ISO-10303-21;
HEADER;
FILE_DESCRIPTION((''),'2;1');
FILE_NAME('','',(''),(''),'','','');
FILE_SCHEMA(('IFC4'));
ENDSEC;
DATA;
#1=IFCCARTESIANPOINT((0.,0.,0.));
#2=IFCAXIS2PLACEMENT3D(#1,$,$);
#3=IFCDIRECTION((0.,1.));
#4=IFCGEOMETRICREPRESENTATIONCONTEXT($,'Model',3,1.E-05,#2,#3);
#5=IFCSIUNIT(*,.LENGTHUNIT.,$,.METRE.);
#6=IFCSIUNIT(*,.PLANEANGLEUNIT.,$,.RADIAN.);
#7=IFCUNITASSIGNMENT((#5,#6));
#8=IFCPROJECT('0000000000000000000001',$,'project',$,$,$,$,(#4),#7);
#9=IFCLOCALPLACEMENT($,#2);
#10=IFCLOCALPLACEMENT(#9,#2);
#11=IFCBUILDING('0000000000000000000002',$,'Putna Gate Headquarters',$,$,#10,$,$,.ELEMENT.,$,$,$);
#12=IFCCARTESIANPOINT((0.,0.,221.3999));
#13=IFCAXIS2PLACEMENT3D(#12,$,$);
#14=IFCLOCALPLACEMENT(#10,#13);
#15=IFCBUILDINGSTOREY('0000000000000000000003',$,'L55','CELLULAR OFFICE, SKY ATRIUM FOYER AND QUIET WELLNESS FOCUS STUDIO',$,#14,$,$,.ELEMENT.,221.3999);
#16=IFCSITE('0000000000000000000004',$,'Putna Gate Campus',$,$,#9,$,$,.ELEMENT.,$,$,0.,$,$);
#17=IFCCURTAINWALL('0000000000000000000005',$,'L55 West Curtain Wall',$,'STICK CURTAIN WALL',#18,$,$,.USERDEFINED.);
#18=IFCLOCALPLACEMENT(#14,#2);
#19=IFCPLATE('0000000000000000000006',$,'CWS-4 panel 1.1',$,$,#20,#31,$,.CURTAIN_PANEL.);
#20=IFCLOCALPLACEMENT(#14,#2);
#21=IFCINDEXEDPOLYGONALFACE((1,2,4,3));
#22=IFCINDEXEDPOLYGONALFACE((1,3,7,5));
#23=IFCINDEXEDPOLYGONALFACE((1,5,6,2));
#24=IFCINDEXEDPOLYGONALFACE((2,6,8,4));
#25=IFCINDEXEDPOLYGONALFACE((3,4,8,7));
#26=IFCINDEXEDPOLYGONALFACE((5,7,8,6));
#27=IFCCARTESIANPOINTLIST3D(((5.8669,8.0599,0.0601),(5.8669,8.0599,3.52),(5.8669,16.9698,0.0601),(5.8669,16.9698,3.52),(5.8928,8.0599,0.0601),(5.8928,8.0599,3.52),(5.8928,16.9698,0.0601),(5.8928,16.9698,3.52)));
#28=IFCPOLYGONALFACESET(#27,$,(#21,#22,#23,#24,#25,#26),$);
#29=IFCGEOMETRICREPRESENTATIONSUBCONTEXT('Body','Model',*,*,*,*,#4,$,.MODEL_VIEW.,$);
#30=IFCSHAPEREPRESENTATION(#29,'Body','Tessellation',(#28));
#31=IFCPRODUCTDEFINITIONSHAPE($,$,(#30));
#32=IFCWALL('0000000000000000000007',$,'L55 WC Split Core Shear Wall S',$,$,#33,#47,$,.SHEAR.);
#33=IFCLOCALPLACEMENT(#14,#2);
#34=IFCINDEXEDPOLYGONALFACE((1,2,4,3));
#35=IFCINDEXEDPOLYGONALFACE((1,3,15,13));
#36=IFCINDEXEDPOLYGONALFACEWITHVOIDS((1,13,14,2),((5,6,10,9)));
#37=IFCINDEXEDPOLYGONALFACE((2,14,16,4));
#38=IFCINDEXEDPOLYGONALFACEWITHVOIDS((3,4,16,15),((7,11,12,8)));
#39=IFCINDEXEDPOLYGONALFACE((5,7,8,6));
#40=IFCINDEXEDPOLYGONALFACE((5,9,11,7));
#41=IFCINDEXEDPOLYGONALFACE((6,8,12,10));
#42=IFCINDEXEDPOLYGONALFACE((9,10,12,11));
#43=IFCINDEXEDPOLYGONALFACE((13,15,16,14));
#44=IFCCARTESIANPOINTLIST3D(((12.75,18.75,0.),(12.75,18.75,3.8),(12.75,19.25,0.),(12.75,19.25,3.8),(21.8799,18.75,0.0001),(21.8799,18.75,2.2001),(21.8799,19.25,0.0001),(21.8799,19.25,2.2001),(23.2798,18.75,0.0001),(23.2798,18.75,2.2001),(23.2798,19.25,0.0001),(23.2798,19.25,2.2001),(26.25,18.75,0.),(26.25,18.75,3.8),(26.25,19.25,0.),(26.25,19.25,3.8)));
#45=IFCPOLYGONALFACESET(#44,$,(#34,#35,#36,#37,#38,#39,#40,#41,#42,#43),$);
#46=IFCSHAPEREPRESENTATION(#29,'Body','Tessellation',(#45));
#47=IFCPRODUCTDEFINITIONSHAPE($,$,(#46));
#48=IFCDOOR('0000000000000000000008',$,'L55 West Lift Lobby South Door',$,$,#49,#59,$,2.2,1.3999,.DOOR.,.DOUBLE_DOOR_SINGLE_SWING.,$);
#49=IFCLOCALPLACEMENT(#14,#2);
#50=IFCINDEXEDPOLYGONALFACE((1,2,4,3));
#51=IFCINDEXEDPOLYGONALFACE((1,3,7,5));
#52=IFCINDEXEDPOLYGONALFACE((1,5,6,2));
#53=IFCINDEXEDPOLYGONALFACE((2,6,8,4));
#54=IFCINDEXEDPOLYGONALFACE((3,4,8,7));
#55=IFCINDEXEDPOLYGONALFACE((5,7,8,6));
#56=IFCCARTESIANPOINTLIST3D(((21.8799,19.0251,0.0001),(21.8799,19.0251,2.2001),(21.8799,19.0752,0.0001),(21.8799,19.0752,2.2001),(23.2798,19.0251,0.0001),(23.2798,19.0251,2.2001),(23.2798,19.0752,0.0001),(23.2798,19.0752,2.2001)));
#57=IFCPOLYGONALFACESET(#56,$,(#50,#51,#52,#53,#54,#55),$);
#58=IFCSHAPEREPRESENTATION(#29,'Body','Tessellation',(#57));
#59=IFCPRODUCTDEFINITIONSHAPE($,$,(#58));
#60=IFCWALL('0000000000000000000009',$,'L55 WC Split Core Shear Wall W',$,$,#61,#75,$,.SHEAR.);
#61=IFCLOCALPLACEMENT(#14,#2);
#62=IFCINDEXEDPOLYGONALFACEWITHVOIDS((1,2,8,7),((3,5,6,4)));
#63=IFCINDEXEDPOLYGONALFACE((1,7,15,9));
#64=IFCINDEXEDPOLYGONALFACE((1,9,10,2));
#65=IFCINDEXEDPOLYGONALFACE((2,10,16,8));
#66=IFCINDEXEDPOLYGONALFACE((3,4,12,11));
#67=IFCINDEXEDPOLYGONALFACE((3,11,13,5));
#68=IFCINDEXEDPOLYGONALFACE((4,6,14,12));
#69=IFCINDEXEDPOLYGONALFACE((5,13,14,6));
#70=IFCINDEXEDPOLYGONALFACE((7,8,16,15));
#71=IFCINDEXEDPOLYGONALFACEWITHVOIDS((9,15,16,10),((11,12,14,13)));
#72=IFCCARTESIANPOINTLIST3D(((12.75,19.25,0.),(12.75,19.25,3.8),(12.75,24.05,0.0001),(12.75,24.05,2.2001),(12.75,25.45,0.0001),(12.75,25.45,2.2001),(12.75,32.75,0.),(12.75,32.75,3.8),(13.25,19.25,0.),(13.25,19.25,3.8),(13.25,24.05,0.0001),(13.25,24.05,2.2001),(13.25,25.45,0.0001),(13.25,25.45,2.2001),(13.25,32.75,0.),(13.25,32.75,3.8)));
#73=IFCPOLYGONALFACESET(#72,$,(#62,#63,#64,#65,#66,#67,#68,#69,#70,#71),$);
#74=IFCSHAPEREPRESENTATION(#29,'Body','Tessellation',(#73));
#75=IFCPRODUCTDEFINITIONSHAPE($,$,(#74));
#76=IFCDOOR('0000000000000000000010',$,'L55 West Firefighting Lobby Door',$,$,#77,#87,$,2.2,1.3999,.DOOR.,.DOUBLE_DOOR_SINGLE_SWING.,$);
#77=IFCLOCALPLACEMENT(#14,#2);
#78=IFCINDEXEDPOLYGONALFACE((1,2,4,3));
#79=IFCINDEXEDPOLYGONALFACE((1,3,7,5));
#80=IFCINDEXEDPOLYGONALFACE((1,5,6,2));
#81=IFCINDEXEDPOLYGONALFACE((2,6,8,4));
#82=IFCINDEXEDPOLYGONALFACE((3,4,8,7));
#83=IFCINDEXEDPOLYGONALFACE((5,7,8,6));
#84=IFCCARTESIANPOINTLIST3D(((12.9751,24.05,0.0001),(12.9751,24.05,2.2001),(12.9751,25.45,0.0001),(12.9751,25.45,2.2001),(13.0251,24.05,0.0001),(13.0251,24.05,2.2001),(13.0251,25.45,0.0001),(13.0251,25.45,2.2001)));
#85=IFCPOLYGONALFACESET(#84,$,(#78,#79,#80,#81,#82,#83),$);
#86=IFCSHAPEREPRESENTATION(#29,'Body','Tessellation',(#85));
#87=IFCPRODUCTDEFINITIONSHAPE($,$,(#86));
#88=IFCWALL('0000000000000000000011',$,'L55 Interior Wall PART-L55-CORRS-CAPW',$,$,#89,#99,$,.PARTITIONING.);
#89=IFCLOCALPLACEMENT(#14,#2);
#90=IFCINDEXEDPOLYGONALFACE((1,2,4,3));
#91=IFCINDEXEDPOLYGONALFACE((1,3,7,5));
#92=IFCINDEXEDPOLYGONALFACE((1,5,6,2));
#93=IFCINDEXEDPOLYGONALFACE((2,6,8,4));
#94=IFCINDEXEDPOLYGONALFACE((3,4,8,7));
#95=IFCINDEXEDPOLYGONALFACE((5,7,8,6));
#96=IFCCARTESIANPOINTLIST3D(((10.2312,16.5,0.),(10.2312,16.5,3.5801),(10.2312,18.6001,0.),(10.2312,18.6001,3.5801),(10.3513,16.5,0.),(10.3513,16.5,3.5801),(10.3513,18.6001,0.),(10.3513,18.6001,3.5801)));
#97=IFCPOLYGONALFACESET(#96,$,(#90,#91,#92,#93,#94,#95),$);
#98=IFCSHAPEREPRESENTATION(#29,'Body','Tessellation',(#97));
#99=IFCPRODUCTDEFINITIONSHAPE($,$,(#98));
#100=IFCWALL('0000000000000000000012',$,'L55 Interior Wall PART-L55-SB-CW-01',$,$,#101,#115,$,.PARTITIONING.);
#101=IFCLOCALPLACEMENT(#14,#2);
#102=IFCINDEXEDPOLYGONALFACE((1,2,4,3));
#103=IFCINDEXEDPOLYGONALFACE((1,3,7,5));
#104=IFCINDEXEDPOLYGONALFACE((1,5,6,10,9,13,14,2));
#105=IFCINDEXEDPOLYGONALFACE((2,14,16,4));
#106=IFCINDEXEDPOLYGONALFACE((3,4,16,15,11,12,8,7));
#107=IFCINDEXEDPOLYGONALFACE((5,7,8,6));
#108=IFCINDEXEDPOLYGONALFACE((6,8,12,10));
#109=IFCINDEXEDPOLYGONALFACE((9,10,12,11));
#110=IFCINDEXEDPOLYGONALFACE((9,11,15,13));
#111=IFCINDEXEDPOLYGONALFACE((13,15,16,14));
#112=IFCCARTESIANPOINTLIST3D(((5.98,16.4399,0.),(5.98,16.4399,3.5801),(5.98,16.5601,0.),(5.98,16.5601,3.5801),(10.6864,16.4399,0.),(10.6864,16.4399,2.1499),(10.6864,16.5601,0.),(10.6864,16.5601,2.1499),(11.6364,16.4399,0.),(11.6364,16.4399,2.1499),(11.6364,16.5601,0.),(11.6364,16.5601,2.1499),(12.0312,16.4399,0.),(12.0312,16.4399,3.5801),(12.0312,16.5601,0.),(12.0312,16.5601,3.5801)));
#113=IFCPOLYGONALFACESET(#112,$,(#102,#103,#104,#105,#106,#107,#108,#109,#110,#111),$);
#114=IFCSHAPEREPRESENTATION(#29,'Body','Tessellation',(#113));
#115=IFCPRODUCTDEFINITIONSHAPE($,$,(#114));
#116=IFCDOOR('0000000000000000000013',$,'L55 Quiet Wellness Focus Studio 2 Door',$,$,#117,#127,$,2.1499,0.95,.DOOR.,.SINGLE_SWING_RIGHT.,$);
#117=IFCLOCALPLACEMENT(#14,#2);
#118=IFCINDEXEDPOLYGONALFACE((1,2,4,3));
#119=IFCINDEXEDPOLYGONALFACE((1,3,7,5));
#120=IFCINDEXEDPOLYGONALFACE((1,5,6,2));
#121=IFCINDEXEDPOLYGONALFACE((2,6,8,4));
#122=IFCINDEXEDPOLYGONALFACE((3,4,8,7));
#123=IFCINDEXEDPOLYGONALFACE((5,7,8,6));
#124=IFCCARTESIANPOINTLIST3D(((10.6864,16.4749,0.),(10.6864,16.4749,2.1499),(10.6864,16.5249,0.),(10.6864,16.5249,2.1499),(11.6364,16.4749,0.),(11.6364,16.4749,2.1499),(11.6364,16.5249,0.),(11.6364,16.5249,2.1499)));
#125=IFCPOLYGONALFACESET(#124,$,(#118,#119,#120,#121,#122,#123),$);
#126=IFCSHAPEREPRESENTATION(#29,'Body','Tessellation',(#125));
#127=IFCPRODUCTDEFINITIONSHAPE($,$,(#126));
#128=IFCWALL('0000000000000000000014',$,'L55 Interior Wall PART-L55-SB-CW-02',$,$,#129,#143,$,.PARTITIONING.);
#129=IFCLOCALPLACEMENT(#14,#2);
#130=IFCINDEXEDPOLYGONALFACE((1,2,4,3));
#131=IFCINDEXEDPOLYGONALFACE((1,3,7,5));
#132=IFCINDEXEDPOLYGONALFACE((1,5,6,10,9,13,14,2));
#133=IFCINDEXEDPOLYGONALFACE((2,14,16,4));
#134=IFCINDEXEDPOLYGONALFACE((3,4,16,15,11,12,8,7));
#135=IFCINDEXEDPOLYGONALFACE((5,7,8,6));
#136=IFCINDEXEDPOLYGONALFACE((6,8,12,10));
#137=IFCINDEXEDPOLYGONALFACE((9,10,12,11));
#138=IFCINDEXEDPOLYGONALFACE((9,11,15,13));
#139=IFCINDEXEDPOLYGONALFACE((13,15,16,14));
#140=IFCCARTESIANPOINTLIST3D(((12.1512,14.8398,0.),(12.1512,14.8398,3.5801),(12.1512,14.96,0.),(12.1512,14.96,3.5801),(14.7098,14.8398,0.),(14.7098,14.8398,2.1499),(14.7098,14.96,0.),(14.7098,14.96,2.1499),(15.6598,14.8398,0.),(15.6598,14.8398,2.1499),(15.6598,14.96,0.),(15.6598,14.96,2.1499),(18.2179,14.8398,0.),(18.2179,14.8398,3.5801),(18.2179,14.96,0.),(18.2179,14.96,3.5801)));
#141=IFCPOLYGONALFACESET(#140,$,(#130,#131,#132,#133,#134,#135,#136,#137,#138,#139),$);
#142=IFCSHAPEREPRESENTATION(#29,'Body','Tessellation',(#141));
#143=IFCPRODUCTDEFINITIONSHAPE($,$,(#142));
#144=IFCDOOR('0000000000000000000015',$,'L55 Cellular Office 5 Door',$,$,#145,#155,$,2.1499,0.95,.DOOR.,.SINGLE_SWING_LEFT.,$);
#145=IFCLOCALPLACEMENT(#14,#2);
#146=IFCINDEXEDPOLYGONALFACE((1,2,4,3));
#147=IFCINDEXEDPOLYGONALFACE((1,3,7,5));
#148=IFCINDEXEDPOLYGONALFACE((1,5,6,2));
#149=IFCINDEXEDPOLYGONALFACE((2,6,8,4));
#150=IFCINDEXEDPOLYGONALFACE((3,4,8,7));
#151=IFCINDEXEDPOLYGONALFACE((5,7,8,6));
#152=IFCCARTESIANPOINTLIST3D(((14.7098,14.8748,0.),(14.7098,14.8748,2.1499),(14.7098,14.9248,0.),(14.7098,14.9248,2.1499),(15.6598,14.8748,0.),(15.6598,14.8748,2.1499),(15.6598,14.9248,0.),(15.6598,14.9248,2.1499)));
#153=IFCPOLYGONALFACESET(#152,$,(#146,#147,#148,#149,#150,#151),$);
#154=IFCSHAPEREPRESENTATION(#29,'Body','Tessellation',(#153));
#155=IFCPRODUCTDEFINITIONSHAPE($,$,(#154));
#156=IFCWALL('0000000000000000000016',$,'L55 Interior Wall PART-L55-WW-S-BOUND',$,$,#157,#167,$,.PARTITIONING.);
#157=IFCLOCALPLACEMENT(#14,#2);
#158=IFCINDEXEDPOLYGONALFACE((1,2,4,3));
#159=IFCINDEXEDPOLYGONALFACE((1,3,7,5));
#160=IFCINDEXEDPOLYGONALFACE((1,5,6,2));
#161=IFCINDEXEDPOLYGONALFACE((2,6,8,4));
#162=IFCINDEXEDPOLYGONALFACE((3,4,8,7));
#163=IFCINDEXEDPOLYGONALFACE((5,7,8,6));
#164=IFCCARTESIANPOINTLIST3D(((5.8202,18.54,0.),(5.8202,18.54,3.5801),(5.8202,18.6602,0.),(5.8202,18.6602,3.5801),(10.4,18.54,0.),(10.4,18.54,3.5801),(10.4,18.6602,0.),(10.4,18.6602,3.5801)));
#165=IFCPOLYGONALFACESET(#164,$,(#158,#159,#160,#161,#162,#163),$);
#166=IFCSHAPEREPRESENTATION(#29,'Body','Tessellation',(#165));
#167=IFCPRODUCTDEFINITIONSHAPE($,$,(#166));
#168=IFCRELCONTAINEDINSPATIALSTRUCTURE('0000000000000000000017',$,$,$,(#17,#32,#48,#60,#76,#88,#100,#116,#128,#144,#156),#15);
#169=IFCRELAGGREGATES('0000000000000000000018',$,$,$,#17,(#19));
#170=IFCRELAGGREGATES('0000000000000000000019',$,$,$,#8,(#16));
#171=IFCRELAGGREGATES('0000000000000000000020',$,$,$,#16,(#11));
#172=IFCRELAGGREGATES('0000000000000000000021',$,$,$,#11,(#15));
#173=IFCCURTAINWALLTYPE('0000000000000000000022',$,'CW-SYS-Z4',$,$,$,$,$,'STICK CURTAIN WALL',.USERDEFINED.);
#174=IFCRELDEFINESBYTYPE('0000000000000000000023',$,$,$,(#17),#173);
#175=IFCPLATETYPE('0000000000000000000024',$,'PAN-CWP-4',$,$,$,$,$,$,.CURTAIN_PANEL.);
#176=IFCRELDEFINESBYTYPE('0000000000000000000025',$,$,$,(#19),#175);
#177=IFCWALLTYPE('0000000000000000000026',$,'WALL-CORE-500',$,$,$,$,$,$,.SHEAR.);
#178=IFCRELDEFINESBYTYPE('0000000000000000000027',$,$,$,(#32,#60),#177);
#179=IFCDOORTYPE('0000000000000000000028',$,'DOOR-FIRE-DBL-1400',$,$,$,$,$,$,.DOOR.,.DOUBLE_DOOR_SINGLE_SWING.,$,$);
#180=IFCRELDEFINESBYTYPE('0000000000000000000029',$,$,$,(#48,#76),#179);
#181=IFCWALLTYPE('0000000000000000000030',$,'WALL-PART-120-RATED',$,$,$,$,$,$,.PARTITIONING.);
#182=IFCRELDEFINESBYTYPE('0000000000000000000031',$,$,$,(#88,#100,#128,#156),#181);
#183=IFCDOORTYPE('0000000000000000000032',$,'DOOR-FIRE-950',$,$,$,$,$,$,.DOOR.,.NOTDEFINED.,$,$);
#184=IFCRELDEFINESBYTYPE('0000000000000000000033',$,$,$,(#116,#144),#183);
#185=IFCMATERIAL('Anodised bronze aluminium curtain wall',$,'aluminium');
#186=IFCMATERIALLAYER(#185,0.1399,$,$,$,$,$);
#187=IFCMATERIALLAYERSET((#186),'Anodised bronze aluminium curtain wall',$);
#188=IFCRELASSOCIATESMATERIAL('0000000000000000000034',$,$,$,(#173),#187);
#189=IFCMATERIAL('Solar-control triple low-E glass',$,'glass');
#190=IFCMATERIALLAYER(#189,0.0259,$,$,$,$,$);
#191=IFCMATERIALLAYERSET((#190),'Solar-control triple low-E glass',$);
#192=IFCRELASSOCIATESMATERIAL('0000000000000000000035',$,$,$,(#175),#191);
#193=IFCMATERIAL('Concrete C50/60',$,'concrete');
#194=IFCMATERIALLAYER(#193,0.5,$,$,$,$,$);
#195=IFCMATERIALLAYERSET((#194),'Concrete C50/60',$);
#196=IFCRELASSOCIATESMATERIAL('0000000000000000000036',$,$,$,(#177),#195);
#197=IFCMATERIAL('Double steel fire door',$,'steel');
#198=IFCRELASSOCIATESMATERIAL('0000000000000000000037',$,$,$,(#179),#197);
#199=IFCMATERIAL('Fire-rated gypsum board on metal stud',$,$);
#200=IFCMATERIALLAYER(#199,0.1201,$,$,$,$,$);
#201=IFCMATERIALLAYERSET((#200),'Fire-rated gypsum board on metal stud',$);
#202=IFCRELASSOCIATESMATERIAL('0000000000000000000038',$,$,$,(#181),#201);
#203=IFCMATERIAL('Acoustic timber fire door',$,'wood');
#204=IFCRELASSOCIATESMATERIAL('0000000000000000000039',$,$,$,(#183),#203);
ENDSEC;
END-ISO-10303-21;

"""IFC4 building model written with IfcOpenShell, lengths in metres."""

from ifc_helpers import new_model, si_unit, direction, frame, frame_2d, origin, origin_2d, place, context, subcontext, project, spatial, rectangle, extrude, material, layer, layer_set, type_object, element, fill, aggregate, save


model = new_model("IFC4")

# Units and contexts
model_context = context("Model", 3, precision=1e-05, world=origin(), true_north=direction((0.0, 1.0)))
body_context = subcontext(model_context, "Body", "Model", "MODEL_VIEW")
ifc_project = project(units=[si_unit("LENGTHUNIT", "METRE"), si_unit("PLANEANGLEUNIT", "RADIAN")], contexts=[model_context])

# Site, building, storey
site_placement = place(None, origin())
site = spatial("IfcSite", under=ifc_project, at=site_placement, Name="Putna Gate Campus", CompositionType="ELEMENT", RefElevation=0.0)
building_placement = place(site_placement, origin())
building = spatial("IfcBuilding", under=site, at=building_placement, Name="Putna Gate Headquarters", CompositionType="ELEMENT")
storey_placement = place(building_placement, frame((0.0, 0.0, 221.3999)))
storey = spatial("IfcBuildingStorey", under=building, at=storey_placement, Name="L55", Description="CELLULAR OFFICE, SKY ATRIUM FOYER AND QUIET WELLNESS FOCUS STUDIO", CompositionType="ELEMENT", Elevation=221.3999)

# Curtain wall, plate
ifc_material_1 = material(Name="Anodised bronze aluminium curtain wall", Category="aluminium")
ifc_layer_1 = layer(ifc_material_1, 0.1399)
ifc_layer_set_1 = layer_set([ifc_layer_1], Name="Anodised bronze aluminium curtain wall")
curtain_wall_type = type_object("IfcCurtainWallType", Name="CW-SYS-Z4", ElementType="STICK CURTAIN WALL", PredefinedType="USERDEFINED", material=ifc_layer_set_1)
curtain_wall_placement = place(storey_placement, origin())
curtain_wall = element("IfcCurtainWall", 1, at=curtain_wall_placement, inside=storey, type_object=curtain_wall_type, Name="L55 West Curtain Wall", ObjectType="STICK CURTAIN WALL", PredefinedType="USERDEFINED")
ifc_material_2 = material(Name="Solar-control triple low-E glass", Category="glass")
ifc_layer_2 = layer(ifc_material_2, 0.0259)
ifc_layer_set_2 = layer_set([ifc_layer_2], Name="Solar-control triple low-E glass")
plate_type = type_object("IfcPlateType", Name="PAN-CWP-4", PredefinedType="CURTAIN_PANEL", material=ifc_layer_set_2)
plate_placement = place(storey_placement, frame((5.8799, 12.5149, 0.0601), z_axis=(0.0, 0.0, 1.0), x_axis=(0.0, 1.0, 0.0)))
plate = element("IfcPlate", 2, at=plate_placement, type_object=plate_type, Name="CWS-4 panel 1.1", PredefinedType="CURTAIN_PANEL", context=body_context, shape_type="SweptSolid", body=[
    extrude(rectangle(XDim=8.9099, YDim=0.0259, at=origin_2d()), origin(), (0.0, 0.0, 1.0), 3.46),
])
aggregate(curtain_wall, [plate])

# Walls, openings, doors
ifc_material_3 = material(Name="Concrete C50/60", Category="concrete")
ifc_layer_3 = layer(ifc_material_3, 0.5)
ifc_layer_set_3 = layer_set([ifc_layer_3], Name="Concrete C50/60")
wall_type_1 = type_object("IfcWallType", Name="WALL-CORE-500", PredefinedType="SHEAR", material=ifc_layer_set_3)
wall_1_placement = place(storey_placement, frame((12.75, 19.0, 0.0), z_axis=(0.0, 0.0, 1.0), x_axis=(1.0, 0.0, 0.0)))
wall_1 = element("IfcWall", 3, at=wall_1_placement, inside=storey, type_object=wall_type_1, Name="L55 WC Split Core Shear Wall S", PredefinedType="SHEAR", context=body_context, shape_type="SweptSolid", body=[
    extrude(rectangle(XDim=13.5, YDim=0.5, at=frame_2d((6.75, 0.0))), origin(), (0.0, 0.0, 1.0), 3.8),
])
opening_1_placement = place(wall_1_placement, frame((9.1299, 0.0, 0.0)))
opening_1 = element("IfcOpeningElement", 4, at=opening_1_placement, cuts=wall_1, PredefinedType="OPENING", context=body_context, shape_type="SweptSolid", body=[
    extrude(rectangle(XDim=1.3999, YDim=2.2, at=frame_2d((0.7, 1.1001))), frame((0.0, 0.26, 0.0), z_axis=(0.0, -1.0, 0.0), x_axis=(1.0, 0.0, 0.0)), (0.0, 0.0, 1.0), 0.52),
])
ifc_material_4 = material(Name="Double steel fire door", Category="steel")
door_type_1 = type_object("IfcDoorType", Name="DOOR-FIRE-DBL-1400", OperationType="DOUBLE_DOOR_SINGLE_SWING", PredefinedType="DOOR", material=ifc_material_4)
door_1_placement = place(opening_1_placement, origin())
door_1 = element("IfcDoor", 5, at=door_1_placement, inside=storey, type_object=door_type_1, Name="L55 West Lift Lobby South Door", OperationType="DOUBLE_DOOR_SINGLE_SWING", OverallHeight=2.2, OverallWidth=1.3999, PredefinedType="DOOR", context=body_context, shape_type="SweptSolid", body=[
    extrude(rectangle(XDim=1.3999, YDim=2.2, at=frame_2d((0.7, 1.1001))), frame((0.0, 0.0752, 0.0), z_axis=(0.0, -1.0, 0.0), x_axis=(1.0, 0.0, 0.0)), (0.0, 0.0, 1.0), 0.05),
])
fill(opening_1, door_1)
wall_2_placement = place(storey_placement, frame((13.0, 19.25, 0.0), z_axis=(0.0, 0.0, 1.0), x_axis=(0.0, 1.0, 0.0)))
wall_2 = element("IfcWall", 6, at=wall_2_placement, inside=storey, type_object=wall_type_1, Name="L55 WC Split Core Shear Wall W", PredefinedType="SHEAR", context=body_context, shape_type="SweptSolid", body=[
    extrude(rectangle(XDim=13.5, YDim=0.5, at=frame_2d((6.75, 0.0))), origin(), (0.0, 0.0, 1.0), 3.8),
])
opening_2_placement = place(wall_2_placement, frame((4.8, 0.0, 0.0)))
opening_2 = element("IfcOpeningElement", 7, at=opening_2_placement, cuts=wall_2, PredefinedType="OPENING", context=body_context, shape_type="SweptSolid", body=[
    extrude(rectangle(XDim=1.3999, YDim=2.2, at=frame_2d((0.7, 1.1001))), frame((0.0, 0.26, 0.0), z_axis=(0.0, -1.0, 0.0), x_axis=(1.0, 0.0, 0.0)), (0.0, 0.0, 1.0), 0.52),
])
door_2_placement = place(opening_2_placement, origin())
door_2 = element("IfcDoor", 8, at=door_2_placement, inside=storey, type_object=door_type_1, Name="L55 West Firefighting Lobby Door", OperationType="DOUBLE_DOOR_SINGLE_SWING", OverallHeight=2.2, OverallWidth=1.3999, PredefinedType="DOOR", context=body_context, shape_type="SweptSolid", body=[
    extrude(rectangle(XDim=1.3999, YDim=2.2, at=frame_2d((0.7, 1.1001))), frame((0.0, 0.0249, 0.0), z_axis=(0.0, -1.0, 0.0), x_axis=(1.0, 0.0, 0.0)), (0.0, 0.0, 1.0), 0.05),
])
fill(opening_2, door_2)

# Wall
ifc_material_5 = material(Name="Fire-rated gypsum board on metal stud")
ifc_layer_4 = layer(ifc_material_5, 0.1201)
ifc_layer_set_4 = layer_set([ifc_layer_4], Name="Fire-rated gypsum board on metal stud")
wall_type_2 = type_object("IfcWallType", Name="WALL-PART-120-RATED", PredefinedType="PARTITIONING", material=ifc_layer_set_4)
wall_3_placement = place(storey_placement, frame((10.2913, 16.5, 0.0), z_axis=(0.0, 0.0, 1.0), x_axis=(0.0, 1.0, 0.0)))
element("IfcWall", 9, at=wall_3_placement, inside=storey, type_object=wall_type_2, Name="L55 Interior Wall PART-L55-CORRS-CAPW", PredefinedType="PARTITIONING", context=body_context, shape_type="SweptSolid", body=[
    extrude(rectangle(XDim=2.1001, YDim=0.1201, at=frame_2d((1.05, 0.0))), origin(), (0.0, 0.0, 1.0), 3.5801),
])

# Walls, openings, doors
wall_4_placement = place(storey_placement, frame((5.98, 16.5, 0.0), z_axis=(0.0, 0.0, 1.0), x_axis=(1.0, 0.0, 0.0)))
wall_4 = element("IfcWall", 10, at=wall_4_placement, inside=storey, type_object=wall_type_2, Name="L55 Interior Wall PART-L55-SB-CW-01", PredefinedType="PARTITIONING", context=body_context, shape_type="SweptSolid", body=[
    extrude(rectangle(XDim=6.0513, YDim=0.1201, at=frame_2d((3.0256, 0.0))), origin(), (0.0, 0.0, 1.0), 3.5801),
])
opening_3_placement = place(wall_4_placement, frame((4.7063, 0.0, 0.0)))
opening_3 = element("IfcOpeningElement", 11, at=opening_3_placement, cuts=wall_4, PredefinedType="OPENING", context=body_context, shape_type="SweptSolid", body=[
    extrude(rectangle(XDim=0.95, YDim=2.1499, at=frame_2d((0.4751, 1.075))), frame((0.0, 0.0701, 0.0), z_axis=(0.0, -1.0, 0.0), x_axis=(1.0, 0.0, 0.0)), (0.0, 0.0, 1.0), 0.1401),
])
ifc_material_6 = material(Name="Acoustic timber fire door", Category="wood")
door_type_2 = type_object("IfcDoorType", Name="DOOR-FIRE-950", OperationType="NOTDEFINED", PredefinedType="DOOR", material=ifc_material_6)
door_3_placement = place(opening_3_placement, origin())
door_3 = element("IfcDoor", 12, at=door_3_placement, inside=storey, type_object=door_type_2, Name="L55 Quiet Wellness Focus Studio 2 Door", OperationType="SINGLE_SWING_RIGHT", OverallHeight=2.1499, OverallWidth=0.95, PredefinedType="DOOR", context=body_context, shape_type="SweptSolid", body=[
    extrude(rectangle(XDim=0.95, YDim=2.1499, at=frame_2d((0.4751, 1.075))), frame((0.0, 0.0249, 0.0), z_axis=(0.0, -1.0, 0.0), x_axis=(1.0, 0.0, 0.0)), (0.0, 0.0, 1.0), 0.05),
])
fill(opening_3, door_3)
wall_5_placement = place(storey_placement, frame((12.1514, 14.8999, 0.0), z_axis=(0.0, 0.0, 1.0), x_axis=(1.0, 0.0, 0.0)))
wall_5 = element("IfcWall", 13, at=wall_5_placement, inside=storey, type_object=wall_type_2, Name="L55 Interior Wall PART-L55-SB-CW-02", PredefinedType="PARTITIONING", context=body_context, shape_type="SweptSolid", body=[
    extrude(rectangle(XDim=6.0667, YDim=0.1201, at=frame_2d((3.0332, 0.0))), origin(), (0.0, 0.0, 1.0), 3.5801),
])
opening_4_placement = place(wall_5_placement, frame((2.5583, 0.0, 0.0)))
opening_4 = element("IfcOpeningElement", 14, at=opening_4_placement, cuts=wall_5, PredefinedType="OPENING", context=body_context, shape_type="SweptSolid", body=[
    extrude(rectangle(XDim=0.95, YDim=2.1499, at=frame_2d((0.4751, 1.075))), frame((0.0, 0.0701, 0.0), z_axis=(0.0, -1.0, 0.0), x_axis=(1.0, 0.0, 0.0)), (0.0, 0.0, 1.0), 0.1401),
])
door_4_placement = place(opening_4_placement, origin())
door_4 = element("IfcDoor", 15, at=door_4_placement, inside=storey, type_object=door_type_2, Name="L55 Cellular Office 5 Door", OperationType="SINGLE_SWING_LEFT", OverallHeight=2.1499, OverallWidth=0.95, PredefinedType="DOOR", context=body_context, shape_type="SweptSolid", body=[
    extrude(rectangle(XDim=0.95, YDim=2.1499, at=frame_2d((0.4751, 1.075))), frame((0.0, 0.0249, 0.0), z_axis=(0.0, -1.0, 0.0), x_axis=(1.0, 0.0, 0.0)), (0.0, 0.0, 1.0), 0.05),
])
fill(opening_4, door_4)

# Wall
wall_6_placement = place(storey_placement, frame((5.8201, 18.6001, 0.0), z_axis=(0.0, 0.0, 1.0), x_axis=(1.0, 0.0, 0.0)))
element("IfcWall", 16, at=wall_6_placement, inside=storey, type_object=wall_type_2, Name="L55 Interior Wall PART-L55-WW-S-BOUND", PredefinedType="PARTITIONING", context=body_context, shape_type="SweptSolid", body=[
    extrude(rectangle(XDim=4.5798, YDim=0.1201, at=frame_2d((2.29, 0.0))), origin(), (0.0, 0.0, 1.0), 3.5801),
])

save(model, "model.ifc")
